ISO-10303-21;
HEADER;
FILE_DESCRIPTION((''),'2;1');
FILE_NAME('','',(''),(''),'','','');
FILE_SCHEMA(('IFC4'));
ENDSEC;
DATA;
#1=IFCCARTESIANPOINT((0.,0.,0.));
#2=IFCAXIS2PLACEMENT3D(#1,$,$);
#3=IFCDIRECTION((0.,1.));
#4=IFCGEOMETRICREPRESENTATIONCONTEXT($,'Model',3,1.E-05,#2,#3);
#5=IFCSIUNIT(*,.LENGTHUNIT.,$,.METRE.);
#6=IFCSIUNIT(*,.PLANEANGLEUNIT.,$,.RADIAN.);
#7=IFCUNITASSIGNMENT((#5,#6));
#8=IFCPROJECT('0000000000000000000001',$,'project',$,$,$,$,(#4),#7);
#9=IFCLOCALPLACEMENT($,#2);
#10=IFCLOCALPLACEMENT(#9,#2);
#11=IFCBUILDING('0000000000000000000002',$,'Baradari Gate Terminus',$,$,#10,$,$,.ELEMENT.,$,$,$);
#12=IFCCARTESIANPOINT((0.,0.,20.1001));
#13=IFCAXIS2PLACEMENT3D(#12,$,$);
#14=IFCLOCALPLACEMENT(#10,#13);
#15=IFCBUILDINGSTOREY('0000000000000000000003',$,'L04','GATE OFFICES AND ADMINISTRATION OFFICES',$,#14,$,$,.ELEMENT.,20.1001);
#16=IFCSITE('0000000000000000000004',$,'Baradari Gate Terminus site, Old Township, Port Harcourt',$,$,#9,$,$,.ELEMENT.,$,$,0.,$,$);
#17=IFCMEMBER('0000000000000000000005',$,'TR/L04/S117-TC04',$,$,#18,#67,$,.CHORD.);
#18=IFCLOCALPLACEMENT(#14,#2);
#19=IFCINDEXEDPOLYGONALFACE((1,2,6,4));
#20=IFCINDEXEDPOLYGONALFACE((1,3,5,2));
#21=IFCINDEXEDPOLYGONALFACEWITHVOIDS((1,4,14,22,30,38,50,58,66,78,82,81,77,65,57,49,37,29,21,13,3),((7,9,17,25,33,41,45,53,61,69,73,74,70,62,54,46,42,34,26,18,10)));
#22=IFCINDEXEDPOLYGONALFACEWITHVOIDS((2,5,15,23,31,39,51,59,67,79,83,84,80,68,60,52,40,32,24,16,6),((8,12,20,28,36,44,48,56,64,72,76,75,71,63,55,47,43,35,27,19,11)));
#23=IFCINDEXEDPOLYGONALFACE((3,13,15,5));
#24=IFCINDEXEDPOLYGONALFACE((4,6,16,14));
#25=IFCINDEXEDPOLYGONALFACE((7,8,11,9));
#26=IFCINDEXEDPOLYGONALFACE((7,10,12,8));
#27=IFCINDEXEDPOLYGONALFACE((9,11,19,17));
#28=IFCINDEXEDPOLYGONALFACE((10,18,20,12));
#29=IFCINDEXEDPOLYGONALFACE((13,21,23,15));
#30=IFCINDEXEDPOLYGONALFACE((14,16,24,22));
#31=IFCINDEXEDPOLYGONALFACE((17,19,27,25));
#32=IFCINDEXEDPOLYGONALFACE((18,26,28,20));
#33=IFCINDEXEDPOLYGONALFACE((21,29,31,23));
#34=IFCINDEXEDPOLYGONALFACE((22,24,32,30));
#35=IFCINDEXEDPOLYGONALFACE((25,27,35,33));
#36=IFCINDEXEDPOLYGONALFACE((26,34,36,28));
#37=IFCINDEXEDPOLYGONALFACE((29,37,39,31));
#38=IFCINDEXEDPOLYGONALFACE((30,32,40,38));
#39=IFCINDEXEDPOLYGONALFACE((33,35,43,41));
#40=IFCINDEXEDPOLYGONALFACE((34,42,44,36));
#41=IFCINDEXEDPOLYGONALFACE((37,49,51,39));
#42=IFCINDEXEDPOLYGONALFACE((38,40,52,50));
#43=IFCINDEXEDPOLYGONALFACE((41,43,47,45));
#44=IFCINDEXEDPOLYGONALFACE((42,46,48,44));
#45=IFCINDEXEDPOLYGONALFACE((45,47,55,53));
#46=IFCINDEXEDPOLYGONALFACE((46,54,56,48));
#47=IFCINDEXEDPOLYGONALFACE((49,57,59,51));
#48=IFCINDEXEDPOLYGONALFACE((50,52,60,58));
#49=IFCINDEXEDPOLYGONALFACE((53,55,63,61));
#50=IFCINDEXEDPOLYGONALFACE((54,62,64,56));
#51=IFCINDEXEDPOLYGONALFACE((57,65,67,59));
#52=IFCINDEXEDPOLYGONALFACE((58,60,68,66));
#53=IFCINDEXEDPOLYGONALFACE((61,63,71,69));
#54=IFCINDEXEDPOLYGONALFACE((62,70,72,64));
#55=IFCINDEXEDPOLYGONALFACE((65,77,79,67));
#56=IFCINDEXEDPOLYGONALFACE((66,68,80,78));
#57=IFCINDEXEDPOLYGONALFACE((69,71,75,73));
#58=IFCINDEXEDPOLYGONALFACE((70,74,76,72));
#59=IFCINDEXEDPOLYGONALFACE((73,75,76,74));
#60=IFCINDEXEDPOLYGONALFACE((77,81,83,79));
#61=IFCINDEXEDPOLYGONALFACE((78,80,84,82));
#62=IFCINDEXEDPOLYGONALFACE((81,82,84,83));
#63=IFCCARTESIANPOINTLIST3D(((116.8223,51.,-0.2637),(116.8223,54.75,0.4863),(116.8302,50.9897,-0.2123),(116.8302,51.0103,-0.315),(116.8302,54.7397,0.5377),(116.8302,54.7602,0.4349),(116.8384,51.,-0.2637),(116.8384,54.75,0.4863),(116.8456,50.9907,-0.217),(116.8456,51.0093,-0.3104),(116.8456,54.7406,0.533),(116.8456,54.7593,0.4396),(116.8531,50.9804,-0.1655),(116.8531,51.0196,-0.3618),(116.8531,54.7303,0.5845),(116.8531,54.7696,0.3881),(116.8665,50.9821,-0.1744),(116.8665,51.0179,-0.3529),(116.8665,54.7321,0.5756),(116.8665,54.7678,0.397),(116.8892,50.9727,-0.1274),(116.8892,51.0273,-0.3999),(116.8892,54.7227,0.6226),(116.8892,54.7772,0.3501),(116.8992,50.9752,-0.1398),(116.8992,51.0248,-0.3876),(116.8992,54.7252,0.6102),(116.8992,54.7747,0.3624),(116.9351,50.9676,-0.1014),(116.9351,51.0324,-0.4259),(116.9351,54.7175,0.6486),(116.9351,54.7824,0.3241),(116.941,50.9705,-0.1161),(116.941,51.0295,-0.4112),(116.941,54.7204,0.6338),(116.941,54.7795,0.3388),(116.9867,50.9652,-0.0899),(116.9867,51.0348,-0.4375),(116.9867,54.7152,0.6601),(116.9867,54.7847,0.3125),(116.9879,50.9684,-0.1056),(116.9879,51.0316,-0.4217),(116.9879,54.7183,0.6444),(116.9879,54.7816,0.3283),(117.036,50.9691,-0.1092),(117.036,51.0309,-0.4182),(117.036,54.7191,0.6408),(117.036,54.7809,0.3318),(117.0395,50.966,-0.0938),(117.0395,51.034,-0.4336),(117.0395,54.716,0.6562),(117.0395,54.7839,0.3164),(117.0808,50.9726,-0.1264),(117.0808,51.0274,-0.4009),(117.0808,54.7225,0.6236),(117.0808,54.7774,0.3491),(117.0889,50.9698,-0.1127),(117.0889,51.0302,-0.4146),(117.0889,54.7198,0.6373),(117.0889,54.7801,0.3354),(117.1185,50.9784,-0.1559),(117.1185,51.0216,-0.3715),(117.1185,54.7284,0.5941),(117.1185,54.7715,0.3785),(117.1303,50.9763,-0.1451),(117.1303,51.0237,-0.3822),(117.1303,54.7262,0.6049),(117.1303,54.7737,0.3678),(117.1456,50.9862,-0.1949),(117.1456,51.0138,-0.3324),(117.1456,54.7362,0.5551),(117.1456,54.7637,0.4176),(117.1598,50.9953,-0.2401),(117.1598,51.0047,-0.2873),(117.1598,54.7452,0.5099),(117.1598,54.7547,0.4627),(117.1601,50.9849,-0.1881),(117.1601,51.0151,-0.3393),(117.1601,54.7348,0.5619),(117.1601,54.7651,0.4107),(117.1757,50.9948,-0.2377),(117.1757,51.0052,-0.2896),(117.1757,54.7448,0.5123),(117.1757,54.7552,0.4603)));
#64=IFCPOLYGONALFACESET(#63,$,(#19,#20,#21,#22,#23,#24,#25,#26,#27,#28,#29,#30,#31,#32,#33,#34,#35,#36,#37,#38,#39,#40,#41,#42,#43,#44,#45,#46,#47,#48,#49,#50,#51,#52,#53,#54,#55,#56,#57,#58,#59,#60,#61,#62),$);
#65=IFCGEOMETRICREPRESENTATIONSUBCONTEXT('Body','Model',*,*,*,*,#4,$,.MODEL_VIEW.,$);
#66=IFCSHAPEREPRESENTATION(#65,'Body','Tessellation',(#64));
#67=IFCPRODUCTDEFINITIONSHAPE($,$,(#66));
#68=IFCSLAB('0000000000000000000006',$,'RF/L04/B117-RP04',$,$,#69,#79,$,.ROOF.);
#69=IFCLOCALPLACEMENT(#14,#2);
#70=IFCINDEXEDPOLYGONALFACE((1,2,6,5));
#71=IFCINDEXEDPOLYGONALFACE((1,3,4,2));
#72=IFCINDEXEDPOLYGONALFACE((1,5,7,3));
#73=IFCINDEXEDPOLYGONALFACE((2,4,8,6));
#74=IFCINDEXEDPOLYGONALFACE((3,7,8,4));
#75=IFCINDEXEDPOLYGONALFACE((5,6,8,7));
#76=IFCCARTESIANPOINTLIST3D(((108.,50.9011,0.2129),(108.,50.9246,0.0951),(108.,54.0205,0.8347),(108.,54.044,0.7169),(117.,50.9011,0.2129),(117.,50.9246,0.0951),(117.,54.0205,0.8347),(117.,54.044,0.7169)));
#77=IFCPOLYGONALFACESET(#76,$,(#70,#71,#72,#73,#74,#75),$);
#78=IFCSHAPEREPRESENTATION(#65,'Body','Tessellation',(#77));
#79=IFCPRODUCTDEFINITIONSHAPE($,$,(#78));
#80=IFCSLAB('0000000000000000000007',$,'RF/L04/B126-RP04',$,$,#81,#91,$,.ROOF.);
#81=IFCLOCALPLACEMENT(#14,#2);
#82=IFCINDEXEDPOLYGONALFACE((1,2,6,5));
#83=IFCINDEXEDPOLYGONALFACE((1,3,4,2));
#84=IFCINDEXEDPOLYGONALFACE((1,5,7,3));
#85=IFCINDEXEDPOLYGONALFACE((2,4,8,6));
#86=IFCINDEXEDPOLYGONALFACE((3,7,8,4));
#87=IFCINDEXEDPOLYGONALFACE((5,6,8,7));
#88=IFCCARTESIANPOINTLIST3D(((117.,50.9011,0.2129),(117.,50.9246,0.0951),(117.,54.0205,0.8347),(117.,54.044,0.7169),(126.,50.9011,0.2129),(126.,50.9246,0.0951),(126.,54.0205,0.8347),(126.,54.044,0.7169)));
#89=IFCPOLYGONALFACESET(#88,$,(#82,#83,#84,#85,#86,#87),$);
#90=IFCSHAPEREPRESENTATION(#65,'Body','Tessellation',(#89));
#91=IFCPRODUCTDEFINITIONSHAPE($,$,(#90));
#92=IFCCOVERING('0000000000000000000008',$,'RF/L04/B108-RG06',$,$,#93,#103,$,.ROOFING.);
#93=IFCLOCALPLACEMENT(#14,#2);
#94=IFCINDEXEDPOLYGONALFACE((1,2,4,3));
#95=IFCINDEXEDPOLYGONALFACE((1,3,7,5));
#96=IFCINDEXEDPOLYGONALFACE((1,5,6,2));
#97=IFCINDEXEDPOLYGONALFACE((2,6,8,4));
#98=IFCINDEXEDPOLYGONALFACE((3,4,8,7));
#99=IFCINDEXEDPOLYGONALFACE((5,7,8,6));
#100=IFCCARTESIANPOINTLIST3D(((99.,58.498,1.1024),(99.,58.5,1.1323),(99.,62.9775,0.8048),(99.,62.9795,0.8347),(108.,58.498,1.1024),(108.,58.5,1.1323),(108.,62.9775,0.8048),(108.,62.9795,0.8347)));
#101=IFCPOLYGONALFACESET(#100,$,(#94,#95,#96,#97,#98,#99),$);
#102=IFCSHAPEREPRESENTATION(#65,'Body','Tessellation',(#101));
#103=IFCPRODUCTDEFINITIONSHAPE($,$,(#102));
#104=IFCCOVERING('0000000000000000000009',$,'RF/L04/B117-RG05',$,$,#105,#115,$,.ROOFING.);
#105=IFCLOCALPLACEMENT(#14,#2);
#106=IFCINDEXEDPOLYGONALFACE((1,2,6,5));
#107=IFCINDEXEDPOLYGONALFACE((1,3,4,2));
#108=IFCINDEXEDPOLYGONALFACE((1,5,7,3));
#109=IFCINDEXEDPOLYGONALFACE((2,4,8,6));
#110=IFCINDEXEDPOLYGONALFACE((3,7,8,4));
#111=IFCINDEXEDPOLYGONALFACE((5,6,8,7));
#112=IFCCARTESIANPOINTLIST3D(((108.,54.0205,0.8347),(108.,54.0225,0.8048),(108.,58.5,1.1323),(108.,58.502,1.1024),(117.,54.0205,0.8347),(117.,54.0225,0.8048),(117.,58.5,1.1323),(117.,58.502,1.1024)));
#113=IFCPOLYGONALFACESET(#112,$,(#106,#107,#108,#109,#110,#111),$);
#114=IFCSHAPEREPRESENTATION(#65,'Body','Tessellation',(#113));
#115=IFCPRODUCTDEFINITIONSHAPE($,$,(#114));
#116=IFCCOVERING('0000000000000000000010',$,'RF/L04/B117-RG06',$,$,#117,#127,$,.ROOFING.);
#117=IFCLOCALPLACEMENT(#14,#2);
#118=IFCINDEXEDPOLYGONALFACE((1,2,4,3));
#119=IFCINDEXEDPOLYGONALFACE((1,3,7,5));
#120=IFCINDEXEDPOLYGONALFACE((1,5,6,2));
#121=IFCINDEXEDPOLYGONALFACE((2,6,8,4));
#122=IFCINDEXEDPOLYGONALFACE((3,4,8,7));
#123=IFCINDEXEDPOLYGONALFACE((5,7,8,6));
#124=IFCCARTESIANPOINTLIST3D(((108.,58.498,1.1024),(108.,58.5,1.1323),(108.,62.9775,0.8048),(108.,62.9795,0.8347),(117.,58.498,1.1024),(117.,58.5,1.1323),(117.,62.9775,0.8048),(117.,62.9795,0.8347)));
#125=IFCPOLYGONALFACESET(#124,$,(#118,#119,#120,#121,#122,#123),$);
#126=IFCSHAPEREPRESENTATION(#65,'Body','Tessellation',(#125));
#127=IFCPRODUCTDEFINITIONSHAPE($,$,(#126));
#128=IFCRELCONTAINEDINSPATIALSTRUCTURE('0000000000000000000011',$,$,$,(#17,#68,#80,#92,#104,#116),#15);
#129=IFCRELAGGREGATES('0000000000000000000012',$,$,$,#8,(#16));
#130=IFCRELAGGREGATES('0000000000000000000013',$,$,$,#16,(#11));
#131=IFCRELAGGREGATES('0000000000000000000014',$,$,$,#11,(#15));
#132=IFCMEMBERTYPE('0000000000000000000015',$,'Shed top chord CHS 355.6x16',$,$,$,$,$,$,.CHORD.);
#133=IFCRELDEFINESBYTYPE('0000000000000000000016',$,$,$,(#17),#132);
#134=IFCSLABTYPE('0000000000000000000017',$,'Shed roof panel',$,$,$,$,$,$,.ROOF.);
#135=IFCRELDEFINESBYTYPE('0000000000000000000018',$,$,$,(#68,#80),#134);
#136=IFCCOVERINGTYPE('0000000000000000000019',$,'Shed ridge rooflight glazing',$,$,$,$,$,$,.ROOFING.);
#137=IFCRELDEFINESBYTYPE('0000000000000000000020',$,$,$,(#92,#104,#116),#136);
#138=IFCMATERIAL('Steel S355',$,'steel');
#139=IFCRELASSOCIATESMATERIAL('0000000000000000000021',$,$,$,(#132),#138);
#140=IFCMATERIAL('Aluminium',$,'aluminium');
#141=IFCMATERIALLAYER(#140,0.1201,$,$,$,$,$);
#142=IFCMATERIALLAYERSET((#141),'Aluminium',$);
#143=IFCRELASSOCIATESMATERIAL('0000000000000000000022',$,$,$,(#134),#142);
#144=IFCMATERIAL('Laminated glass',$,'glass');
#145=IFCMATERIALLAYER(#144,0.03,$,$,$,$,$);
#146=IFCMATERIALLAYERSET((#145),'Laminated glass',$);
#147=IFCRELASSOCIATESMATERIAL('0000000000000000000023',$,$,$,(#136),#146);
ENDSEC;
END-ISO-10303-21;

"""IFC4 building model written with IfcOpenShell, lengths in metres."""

from ifc_helpers import new_model, si_unit, direction, frame, origin, origin_2d, place, context, subcontext, project, spatial, polyline, hollow_circle, outline, extrude, material, layer, layer_set, material_profile, profile_set, type_object, element, save


model = new_model("IFC4")

# Units and contexts
model_context = context("Model", 3, precision=1e-05, world=origin(), true_north=direction((0.0, 1.0)))
body_context = subcontext(model_context, "Body", "Model", "MODEL_VIEW")
ifc_project = project(units=[si_unit("LENGTHUNIT", "METRE"), si_unit("PLANEANGLEUNIT", "RADIAN")], contexts=[model_context])

# Site, building, storey
site_placement = place(None, origin())
site = spatial("IfcSite", under=ifc_project, at=site_placement, Name="Baradari Gate Terminus site, Old Township, Port Harcourt", CompositionType="ELEMENT", RefElevation=0.0)
building_placement = place(site_placement, origin())
building = spatial("IfcBuilding", under=site, at=building_placement, Name="Baradari Gate Terminus", CompositionType="ELEMENT")
storey_placement = place(building_placement, frame((0.0, 0.0, 20.1001)))
storey = spatial("IfcBuildingStorey", under=building, at=storey_placement, Name="L04", Description="GATE OFFICES AND ADMINISTRATION OFFICES", CompositionType="ELEMENT", Elevation=20.1001)

# Member
ifc_material_1 = material(Name="Steel S355", Category="steel")
ifc_material_profile_1 = material_profile(ifc_material_1, hollow_circle(Radius=0.1777, WallThickness=0.0161, at=origin_2d()), Name="CHS 355.6x16")
ifc_profile_set_1 = profile_set([ifc_material_profile_1], Name="Steel S355")
member_type_1 = type_object("IfcMemberType", Name="Shed top chord CHS 355.6x16", PredefinedType="CHORD", material=ifc_profile_set_1)
member_1_placement = place(storey_placement, frame((117.0, 51.0, -0.2637), z_axis=(0.0, 0.980581, 0.196116), x_axis=(-1.0, 0.0, 0.0)))
element("IfcMember", 1, at=member_1_placement, inside=storey, type_object=member_type_1, Name="TR/L04/S117-TC04", PredefinedType="CHORD", context=body_context, shape_type="SweptSolid", body=[
    extrude(hollow_circle(Radius=0.1777, WallThickness=0.0161, at=origin_2d()), origin(), (0.0, 0.0, 1.0), 3.8242),
])

# Slabs
ifc_material_2 = material(Name="Aluminium", Category="aluminium")
ifc_layer_1 = layer(ifc_material_2, 0.1201)
ifc_layer_set_1 = layer_set([ifc_layer_1], Name="Aluminium")
slab_type = type_object("IfcSlabType", Name="Shed roof panel", PredefinedType="ROOF", material=ifc_layer_set_1)
for number, where, z_axis, x_axis, name in (
    (2, (108.0, 50.9011, 0.2129), (0.0, -0.195496, 0.980704), (1.0, 0.0, 0.0), "RF/L04/B117-RP04"),
    (3, (117.0, 50.9011, 0.2129), (0.0, -0.195496, 0.980704), (1.0, 0.0, 0.0), "RF/L04/B126-RP04"),
):
    element("IfcSlab", number, at=place(storey_placement, frame(where, z_axis=z_axis, x_axis=x_axis)), inside=storey, type_object=slab_type, Name=name, PredefinedType="ROOF", context=body_context, shape_type="SweptSolid", body=[
        extrude(outline(polyline([(0.0, 0.0), (9.0, 0.0), (9.0, 3.1808), (0.0, 3.1808), (0.0, 0.0)])), origin(), (0.0, 0.0, -1.0), 0.1201),
    ])

# Coverings
ifc_material_3 = material(Name="Laminated glass", Category="glass")
ifc_layer_2 = layer(ifc_material_3, 0.03)
ifc_layer_set_2 = layer_set([ifc_layer_2], Name="Laminated glass")
covering_type = type_object("IfcCoveringType", Name="Shed ridge rooflight glazing", PredefinedType="ROOFING", material=ifc_layer_set_2)
for number, where, z_axis, x_axis, name in (
    (4, (99.0, 58.5, 1.1323), (0.0, 0.066292, 0.9978), (1.0, 0.0, 0.0), "RF/L04/B108-RG06"),
    (5, (108.0, 54.0205, 0.8347), (0.0, -0.066292, 0.9978), (1.0, 0.0, 0.0), "RF/L04/B117-RG05"),
    (6, (108.0, 58.5, 1.1323), (0.0, 0.066292, 0.9978), (1.0, 0.0, 0.0), "RF/L04/B117-RG06"),
):
    element("IfcCovering", number, at=place(storey_placement, frame(where, z_axis=z_axis, x_axis=x_axis)), inside=storey, type_object=covering_type, Name=name, PredefinedType="ROOFING", context=body_context, shape_type="SweptSolid", body=[
        extrude(outline(polyline([(0.0, 0.0), (9.0, 0.0), (9.0, 4.4894), (0.0, 4.4894), (0.0, 0.0)])), origin(), (0.0, 0.0, -1.0), 0.03),
    ])

save(model, "model.ifc")
